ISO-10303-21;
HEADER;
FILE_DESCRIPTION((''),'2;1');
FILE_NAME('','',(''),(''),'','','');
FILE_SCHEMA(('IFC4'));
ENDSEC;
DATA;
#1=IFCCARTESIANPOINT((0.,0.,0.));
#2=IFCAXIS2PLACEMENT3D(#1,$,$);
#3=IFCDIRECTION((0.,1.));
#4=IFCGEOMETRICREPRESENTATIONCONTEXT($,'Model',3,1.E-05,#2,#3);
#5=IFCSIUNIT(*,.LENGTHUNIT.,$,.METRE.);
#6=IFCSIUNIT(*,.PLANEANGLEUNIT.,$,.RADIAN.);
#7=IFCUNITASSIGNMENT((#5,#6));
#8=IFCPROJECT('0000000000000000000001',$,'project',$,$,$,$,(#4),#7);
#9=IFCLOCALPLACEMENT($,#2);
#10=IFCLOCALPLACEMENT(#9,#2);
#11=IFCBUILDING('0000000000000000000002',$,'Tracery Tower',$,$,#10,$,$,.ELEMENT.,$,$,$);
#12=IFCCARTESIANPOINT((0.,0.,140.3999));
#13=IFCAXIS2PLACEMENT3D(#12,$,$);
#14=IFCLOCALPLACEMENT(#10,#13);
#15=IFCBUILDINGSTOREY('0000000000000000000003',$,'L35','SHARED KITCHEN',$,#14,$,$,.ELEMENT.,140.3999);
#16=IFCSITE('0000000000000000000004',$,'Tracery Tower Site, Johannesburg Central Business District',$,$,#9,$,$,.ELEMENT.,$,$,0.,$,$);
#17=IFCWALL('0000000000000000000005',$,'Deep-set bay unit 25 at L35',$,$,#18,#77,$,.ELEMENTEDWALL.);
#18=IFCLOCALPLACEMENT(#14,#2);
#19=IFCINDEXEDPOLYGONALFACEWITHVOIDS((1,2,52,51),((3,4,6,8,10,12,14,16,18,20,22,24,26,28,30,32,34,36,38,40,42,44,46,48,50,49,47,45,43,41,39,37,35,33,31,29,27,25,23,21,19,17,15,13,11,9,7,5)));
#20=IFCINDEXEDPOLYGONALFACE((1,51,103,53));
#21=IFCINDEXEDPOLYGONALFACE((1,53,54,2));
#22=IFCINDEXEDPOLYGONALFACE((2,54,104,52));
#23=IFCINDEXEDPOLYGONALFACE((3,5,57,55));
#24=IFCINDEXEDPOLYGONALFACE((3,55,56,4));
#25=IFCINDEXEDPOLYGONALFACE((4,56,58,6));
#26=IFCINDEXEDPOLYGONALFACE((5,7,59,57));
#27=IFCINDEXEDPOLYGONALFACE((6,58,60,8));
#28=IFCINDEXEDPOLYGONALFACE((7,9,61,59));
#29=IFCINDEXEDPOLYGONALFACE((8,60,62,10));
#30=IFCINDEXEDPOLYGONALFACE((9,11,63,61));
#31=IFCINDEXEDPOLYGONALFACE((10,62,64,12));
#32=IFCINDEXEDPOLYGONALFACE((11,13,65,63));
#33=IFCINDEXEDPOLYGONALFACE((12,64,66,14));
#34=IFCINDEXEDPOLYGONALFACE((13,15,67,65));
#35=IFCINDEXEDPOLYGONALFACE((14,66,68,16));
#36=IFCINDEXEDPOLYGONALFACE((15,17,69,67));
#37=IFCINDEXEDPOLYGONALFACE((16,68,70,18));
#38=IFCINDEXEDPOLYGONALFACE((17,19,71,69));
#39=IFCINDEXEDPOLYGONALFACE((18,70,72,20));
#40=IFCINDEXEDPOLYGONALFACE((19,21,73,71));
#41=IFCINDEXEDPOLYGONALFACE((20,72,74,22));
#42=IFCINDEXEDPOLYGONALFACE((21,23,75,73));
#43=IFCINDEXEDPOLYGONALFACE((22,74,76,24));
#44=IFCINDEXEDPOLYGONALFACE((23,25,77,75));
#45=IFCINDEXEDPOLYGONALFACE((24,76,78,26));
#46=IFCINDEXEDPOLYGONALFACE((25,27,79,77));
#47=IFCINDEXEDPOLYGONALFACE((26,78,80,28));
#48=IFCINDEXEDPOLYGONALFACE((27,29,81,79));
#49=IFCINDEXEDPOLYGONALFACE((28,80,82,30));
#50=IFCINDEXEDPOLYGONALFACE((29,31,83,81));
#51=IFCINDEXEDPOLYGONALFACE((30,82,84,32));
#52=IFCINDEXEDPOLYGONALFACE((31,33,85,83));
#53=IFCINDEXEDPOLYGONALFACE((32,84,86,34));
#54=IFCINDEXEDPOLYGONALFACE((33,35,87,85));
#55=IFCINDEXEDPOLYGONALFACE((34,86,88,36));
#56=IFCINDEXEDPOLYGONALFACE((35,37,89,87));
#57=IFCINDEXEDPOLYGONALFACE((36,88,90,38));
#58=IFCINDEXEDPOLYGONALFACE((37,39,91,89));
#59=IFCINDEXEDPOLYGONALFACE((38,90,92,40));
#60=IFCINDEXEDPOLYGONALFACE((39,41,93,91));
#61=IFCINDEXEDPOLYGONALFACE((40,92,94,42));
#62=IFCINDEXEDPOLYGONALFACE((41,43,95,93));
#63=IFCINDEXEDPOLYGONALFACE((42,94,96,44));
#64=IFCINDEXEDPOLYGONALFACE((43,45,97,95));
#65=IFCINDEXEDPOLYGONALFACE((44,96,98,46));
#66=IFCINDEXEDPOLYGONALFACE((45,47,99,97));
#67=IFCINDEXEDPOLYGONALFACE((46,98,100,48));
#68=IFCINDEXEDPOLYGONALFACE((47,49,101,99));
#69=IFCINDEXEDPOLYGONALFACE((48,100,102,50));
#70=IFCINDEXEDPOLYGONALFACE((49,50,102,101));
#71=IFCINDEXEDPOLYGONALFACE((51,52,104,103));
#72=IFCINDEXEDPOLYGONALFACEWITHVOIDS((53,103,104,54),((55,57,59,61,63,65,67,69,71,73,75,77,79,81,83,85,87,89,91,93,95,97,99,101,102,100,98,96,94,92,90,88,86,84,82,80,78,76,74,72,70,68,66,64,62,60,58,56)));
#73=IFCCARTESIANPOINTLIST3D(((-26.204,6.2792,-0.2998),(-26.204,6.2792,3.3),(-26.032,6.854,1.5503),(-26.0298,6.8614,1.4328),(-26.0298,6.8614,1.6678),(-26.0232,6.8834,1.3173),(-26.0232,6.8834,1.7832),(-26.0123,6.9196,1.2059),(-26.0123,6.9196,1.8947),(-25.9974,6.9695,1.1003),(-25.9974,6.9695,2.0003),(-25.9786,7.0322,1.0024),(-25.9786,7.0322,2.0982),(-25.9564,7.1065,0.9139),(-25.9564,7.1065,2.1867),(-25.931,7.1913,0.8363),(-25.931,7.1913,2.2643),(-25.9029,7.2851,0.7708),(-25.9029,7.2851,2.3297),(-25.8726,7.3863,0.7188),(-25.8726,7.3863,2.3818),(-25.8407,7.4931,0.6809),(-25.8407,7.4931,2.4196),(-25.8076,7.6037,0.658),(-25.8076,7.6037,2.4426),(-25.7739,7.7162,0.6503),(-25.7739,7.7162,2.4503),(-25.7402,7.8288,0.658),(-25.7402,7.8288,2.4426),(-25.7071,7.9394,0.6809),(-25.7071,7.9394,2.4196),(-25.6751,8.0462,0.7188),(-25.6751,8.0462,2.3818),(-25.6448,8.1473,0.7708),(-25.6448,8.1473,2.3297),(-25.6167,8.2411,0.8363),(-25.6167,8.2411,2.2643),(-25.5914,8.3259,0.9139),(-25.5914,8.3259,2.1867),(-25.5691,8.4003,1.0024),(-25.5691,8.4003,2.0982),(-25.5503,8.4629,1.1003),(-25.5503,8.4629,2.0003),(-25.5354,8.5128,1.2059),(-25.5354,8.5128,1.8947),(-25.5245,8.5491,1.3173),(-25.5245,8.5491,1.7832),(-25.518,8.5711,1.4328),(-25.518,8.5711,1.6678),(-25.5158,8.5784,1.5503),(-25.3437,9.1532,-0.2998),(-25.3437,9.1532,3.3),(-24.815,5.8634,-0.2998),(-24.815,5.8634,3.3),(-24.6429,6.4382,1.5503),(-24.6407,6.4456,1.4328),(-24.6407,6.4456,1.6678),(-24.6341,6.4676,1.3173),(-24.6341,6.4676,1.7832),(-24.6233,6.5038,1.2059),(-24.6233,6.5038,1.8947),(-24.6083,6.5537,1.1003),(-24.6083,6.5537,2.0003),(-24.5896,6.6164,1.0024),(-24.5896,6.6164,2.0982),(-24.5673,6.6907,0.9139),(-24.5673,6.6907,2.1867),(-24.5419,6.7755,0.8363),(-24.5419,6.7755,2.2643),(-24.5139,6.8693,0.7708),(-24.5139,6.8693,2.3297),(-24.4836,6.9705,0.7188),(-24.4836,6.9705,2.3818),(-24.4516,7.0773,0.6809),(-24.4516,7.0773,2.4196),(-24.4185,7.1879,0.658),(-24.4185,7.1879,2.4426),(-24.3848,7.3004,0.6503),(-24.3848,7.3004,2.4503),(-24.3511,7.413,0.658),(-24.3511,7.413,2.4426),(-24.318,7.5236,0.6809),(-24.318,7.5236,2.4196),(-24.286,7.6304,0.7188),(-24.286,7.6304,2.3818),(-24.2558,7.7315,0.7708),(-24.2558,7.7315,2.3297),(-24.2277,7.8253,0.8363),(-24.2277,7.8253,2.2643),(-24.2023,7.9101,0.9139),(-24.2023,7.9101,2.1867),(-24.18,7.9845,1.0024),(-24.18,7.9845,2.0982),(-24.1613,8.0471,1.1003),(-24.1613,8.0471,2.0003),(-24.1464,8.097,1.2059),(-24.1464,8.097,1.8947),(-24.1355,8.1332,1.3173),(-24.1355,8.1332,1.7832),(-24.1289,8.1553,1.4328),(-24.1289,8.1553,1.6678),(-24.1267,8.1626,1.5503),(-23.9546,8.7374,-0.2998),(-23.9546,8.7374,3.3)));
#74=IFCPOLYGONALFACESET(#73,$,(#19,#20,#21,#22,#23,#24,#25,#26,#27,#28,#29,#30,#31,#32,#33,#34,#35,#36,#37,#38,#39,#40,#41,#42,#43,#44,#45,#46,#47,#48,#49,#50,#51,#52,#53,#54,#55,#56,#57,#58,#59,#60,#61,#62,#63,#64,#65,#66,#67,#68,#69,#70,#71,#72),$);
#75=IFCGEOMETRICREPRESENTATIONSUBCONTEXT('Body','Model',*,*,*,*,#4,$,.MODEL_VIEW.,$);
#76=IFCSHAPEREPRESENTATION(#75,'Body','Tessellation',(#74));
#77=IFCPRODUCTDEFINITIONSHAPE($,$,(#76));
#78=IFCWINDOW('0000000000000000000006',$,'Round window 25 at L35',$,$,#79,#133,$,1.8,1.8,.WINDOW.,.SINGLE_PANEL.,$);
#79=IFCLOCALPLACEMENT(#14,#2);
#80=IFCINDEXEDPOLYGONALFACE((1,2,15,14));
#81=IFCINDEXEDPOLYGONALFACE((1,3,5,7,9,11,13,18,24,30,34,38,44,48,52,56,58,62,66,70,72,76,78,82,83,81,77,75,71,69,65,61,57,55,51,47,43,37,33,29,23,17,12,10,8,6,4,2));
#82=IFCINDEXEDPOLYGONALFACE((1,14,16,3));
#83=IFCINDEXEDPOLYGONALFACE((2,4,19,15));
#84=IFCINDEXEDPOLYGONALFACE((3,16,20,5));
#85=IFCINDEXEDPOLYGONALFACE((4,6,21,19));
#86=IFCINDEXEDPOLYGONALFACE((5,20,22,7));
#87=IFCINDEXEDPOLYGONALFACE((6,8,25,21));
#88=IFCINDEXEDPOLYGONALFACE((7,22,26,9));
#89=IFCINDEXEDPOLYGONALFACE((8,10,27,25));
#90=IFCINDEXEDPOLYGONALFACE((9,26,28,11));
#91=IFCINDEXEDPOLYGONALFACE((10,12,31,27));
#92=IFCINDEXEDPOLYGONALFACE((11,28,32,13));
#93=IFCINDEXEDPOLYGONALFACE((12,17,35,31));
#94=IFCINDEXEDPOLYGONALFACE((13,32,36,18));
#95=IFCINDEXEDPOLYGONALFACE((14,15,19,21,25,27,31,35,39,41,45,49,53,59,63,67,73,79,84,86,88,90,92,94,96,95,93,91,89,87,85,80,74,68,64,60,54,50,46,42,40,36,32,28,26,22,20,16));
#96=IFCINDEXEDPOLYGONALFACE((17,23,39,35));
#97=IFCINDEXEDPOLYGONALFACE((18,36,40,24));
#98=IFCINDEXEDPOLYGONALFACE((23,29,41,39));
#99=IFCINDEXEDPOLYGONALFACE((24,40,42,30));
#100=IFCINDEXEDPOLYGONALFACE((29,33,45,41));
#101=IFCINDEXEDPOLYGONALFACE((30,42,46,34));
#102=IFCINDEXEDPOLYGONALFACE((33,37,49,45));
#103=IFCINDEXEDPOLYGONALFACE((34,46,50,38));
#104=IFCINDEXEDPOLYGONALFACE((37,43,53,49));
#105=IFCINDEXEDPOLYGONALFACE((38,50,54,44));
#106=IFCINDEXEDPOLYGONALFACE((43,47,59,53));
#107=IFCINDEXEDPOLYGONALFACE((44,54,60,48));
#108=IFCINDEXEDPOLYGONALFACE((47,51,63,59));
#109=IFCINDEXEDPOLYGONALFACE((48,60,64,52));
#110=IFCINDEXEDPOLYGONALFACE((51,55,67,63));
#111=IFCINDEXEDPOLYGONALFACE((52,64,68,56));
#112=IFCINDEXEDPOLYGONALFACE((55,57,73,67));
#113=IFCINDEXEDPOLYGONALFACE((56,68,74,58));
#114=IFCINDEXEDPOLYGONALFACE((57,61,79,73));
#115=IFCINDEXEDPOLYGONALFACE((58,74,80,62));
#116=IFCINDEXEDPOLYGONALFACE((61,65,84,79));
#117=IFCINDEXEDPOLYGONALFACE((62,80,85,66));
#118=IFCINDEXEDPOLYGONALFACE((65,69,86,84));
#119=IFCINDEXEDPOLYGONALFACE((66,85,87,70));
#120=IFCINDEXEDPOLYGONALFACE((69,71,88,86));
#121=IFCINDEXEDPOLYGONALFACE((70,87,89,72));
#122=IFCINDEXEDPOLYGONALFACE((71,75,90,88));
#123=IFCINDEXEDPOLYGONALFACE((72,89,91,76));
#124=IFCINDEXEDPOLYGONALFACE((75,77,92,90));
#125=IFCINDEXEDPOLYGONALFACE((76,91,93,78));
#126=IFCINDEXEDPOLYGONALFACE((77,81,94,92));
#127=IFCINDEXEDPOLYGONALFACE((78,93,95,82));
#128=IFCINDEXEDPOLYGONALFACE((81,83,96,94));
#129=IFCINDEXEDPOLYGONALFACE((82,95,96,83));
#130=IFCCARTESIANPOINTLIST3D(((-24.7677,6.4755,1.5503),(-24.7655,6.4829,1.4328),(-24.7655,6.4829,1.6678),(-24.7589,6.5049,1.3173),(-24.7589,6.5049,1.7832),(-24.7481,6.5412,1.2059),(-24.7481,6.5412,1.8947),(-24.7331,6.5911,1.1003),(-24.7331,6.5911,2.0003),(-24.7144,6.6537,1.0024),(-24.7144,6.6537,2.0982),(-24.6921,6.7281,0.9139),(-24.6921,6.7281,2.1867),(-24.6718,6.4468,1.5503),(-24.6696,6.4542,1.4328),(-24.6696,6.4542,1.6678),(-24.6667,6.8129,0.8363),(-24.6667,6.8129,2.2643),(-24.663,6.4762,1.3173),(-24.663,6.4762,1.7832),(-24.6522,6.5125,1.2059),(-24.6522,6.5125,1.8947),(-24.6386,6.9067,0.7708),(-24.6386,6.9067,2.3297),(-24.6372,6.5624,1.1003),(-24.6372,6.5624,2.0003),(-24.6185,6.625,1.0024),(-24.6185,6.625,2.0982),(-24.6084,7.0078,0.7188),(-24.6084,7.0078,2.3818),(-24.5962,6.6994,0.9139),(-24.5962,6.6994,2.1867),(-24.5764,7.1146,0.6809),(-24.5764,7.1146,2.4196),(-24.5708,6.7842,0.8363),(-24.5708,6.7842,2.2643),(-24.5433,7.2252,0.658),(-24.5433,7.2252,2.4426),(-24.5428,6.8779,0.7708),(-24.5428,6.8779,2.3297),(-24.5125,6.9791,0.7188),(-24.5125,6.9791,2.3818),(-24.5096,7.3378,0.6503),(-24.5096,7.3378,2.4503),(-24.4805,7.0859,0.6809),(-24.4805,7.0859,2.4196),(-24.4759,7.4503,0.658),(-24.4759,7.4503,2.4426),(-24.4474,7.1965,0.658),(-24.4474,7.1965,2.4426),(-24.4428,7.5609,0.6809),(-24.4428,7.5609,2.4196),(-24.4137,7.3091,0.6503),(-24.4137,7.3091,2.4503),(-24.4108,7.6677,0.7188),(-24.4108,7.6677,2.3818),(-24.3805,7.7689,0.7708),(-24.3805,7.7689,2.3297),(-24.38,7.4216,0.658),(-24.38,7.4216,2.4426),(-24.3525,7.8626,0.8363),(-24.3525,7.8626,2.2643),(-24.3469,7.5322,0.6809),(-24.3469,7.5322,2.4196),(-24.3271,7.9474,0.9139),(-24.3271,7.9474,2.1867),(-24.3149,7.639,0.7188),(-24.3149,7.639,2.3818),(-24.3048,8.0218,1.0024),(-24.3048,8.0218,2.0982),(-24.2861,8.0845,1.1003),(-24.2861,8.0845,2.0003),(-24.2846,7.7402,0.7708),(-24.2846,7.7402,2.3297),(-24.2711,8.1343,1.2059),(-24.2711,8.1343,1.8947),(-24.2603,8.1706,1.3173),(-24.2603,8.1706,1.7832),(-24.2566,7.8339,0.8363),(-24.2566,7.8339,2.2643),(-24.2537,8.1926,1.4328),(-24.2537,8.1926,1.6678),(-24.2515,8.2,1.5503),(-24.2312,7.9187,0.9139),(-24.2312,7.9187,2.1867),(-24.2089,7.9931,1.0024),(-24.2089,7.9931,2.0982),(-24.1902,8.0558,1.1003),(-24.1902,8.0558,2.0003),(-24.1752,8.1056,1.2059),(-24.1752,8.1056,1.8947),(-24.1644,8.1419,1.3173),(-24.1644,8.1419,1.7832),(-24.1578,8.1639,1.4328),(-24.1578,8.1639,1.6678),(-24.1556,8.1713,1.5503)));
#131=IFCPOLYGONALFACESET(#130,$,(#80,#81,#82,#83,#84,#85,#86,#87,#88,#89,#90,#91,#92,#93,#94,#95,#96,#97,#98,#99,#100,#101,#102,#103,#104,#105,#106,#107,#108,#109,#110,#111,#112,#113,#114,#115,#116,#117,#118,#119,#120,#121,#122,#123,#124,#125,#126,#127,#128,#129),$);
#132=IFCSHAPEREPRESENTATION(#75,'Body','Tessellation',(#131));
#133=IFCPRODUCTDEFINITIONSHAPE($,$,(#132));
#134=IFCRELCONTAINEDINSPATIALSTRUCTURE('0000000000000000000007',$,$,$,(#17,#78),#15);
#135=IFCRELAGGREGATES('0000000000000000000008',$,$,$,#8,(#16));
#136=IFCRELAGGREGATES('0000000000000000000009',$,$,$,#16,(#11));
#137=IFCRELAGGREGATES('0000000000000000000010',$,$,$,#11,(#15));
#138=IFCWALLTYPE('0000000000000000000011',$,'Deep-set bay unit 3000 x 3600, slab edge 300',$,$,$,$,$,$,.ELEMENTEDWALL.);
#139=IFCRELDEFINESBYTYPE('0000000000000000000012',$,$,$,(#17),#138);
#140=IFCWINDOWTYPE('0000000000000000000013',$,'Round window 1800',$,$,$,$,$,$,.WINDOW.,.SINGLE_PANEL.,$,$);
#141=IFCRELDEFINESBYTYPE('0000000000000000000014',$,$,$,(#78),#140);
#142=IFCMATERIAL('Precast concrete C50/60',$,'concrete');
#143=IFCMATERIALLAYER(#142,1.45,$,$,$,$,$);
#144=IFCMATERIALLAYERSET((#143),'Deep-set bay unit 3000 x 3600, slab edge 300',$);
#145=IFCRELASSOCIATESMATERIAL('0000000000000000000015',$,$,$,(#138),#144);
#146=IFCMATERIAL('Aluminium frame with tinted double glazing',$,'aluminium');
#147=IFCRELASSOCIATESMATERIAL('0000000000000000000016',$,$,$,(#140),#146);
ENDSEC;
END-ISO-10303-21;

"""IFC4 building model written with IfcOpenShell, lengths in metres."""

from ifc_helpers import new_model, si_unit, direction, frame, frame_2d, origin, origin_2d, place, context, subcontext, project, spatial, rectangle, circle, extrude, material, layer, layer_set, type_object, element, fill, save


model = new_model("IFC4")

# Units and contexts
model_context = context("Model", 3, precision=1e-05, world=origin(), true_north=direction((0.0, 1.0)))
body_context = subcontext(model_context, "Body", "Model", "MODEL_VIEW")
ifc_project = project(units=[si_unit("LENGTHUNIT", "METRE"), si_unit("PLANEANGLEUNIT", "RADIAN")], contexts=[model_context])

# Site, building, storey
site_placement = place(None, origin())
site = spatial("IfcSite", under=ifc_project, at=site_placement, Name="Tracery Tower Site, Johannesburg Central Business District", CompositionType="ELEMENT", RefElevation=0.0)
building_placement = place(site_placement, origin())
building = spatial("IfcBuilding", under=site, at=building_placement, Name="Tracery Tower", CompositionType="ELEMENT")
storey_placement = place(building_placement, frame((0.0, 0.0, 140.3999)))
storey = spatial("IfcBuildingStorey", under=building, at=storey_placement, Name="L35", Description="SHARED KITCHEN", CompositionType="ELEMENT", Elevation=140.3999)

# Wall, opening, window
ifc_material_1 = material(Name="Precast concrete C50/60", Category="concrete")
ifc_layer_1 = layer(ifc_material_1, 1.45)
ifc_layer_set_1 = layer_set([ifc_layer_1], Name="Deep-set bay unit 3000 x 3600, slab edge 300")
wall_type_1 = type_object("IfcWallType", Name="Deep-set bay unit 3000 x 3600, slab edge 300", PredefinedType="ELEMENTEDWALL", material=ifc_layer_set_1)
wall_1_placement = place(storey_placement, frame((-24.6492, 8.9453, -0.2998), z_axis=(0.0, 0.0, 1.0), x_axis=(-0.28678, -0.957996, 0.0)))
wall_1 = element("IfcWall", 1, at=wall_1_placement, inside=storey, type_object=wall_type_1, Name="Deep-set bay unit 25 at L35", PredefinedType="ELEMENTEDWALL", context=body_context, shape_type="SweptSolid", body=[
    extrude(rectangle(XDim=3.0, YDim=1.45, at=frame_2d((1.5, 0.0))), origin(), (0.0, 0.0, 1.0), 3.5999),
])
opening_1_placement = place(wall_1_placement, frame((1.5, 0.0, 1.8501)))
opening_1 = element("IfcOpeningElement", 2, at=opening_1_placement, cuts=wall_1, PredefinedType="OPENING", context=body_context, shape_type="SweptSolid", body=[
    extrude(circle(Radius=0.9, at=origin_2d()), frame((0.0, 0.7349, 0.0), z_axis=(0.0, -1.0, 0.0), x_axis=(1.0, 0.0, 0.0)), (0.0, 0.0, 1.0), 1.47),
])
ifc_material_2 = material(Name="Aluminium frame with tinted double glazing", Category="aluminium")
window_type = type_object("IfcWindowType", Name="Round window 1800", PartitioningType="SINGLE_PANEL", PredefinedType="WINDOW", material=ifc_material_2)
window_1_placement = place(opening_1_placement, origin())
window_1 = element("IfcWindow", 3, at=window_1_placement, inside=storey, type_object=window_type, Name="Round window 25 at L35", OverallHeight=1.8, OverallWidth=1.8, PartitioningType="SINGLE_PANEL", PredefinedType="WINDOW", context=body_context, shape_type="SweptSolid", body=[
    extrude(circle(Radius=0.9, at=origin_2d()), frame((0.0, 0.6948, 0.0), z_axis=(0.0, -1.0, 0.0), x_axis=(1.0, 0.0, 0.0)), (0.0, 0.0, 1.0), 0.1001),
])
fill(opening_1, window_1)

save(model, "model.ifc")
